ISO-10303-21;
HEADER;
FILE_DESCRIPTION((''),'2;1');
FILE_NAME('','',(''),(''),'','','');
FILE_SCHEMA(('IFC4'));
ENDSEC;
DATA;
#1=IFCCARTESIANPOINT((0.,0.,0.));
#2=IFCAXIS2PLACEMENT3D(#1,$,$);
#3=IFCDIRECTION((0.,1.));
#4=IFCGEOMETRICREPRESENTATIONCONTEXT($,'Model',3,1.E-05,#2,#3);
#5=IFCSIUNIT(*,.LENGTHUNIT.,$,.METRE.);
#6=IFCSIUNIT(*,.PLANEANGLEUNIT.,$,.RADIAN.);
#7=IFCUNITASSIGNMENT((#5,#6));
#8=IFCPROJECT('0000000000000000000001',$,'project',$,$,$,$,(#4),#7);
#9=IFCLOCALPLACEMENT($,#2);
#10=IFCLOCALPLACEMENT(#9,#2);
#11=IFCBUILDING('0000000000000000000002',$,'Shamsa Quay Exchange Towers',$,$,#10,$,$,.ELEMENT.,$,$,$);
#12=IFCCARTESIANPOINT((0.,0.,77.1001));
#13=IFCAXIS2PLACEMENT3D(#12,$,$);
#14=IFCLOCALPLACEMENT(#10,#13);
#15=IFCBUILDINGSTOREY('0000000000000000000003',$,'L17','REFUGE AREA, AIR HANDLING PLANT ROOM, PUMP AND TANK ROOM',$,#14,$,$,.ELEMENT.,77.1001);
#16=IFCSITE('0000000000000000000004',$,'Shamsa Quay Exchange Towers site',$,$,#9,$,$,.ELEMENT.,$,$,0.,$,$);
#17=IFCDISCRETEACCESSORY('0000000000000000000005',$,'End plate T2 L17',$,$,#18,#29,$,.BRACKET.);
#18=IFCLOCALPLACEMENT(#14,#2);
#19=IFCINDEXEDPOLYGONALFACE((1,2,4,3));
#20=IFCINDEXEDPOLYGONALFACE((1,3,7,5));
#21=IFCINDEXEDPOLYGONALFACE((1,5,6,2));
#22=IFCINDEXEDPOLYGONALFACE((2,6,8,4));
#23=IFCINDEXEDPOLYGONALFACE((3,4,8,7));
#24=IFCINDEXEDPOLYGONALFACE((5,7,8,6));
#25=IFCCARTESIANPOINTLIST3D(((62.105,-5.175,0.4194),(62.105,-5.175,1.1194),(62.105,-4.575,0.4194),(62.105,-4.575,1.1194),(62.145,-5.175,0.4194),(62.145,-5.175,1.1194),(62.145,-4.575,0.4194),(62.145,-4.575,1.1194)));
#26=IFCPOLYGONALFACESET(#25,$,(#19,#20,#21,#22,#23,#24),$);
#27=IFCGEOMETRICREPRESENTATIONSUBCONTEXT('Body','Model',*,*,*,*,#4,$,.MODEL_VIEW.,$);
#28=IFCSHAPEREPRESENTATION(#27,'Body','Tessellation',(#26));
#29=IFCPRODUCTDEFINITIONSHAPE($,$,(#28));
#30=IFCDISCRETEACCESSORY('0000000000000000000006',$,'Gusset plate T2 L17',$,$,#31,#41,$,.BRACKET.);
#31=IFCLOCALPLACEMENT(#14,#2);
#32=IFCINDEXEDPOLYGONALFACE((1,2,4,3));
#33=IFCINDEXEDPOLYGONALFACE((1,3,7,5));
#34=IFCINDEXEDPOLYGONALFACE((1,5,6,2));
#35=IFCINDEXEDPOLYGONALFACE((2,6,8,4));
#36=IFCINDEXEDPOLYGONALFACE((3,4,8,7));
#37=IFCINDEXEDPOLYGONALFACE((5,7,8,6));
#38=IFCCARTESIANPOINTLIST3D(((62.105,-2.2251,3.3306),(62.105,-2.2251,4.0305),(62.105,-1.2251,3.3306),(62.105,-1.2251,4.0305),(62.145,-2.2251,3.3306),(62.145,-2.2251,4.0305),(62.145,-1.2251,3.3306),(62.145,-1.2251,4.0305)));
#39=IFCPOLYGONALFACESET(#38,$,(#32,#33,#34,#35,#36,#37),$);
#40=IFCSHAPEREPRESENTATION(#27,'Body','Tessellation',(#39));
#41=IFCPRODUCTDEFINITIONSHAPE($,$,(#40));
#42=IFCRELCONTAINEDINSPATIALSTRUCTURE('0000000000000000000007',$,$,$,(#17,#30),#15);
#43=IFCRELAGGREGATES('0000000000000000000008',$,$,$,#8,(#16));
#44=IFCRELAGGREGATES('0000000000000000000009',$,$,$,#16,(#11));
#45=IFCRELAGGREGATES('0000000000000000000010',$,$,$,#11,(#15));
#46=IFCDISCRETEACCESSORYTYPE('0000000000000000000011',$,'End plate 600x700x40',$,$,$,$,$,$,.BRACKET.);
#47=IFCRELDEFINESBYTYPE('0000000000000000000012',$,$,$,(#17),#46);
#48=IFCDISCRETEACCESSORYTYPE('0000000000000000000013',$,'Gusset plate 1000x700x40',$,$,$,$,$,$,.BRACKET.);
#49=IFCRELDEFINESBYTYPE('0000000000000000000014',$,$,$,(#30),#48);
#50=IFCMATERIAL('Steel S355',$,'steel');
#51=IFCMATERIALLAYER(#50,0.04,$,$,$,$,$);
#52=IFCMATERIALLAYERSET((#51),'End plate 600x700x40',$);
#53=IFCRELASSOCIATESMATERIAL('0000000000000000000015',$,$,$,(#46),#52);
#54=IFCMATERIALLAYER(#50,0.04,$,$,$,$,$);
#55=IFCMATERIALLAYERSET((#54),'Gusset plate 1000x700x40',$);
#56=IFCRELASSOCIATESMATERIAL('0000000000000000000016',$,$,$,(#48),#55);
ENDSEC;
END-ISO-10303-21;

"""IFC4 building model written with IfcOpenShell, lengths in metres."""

from ifc_helpers import new_model, si_unit, direction, frame, origin, origin_2d, place, context, subcontext, project, spatial, rectangle, extrude, material, layer, layer_set, type_object, element, save


model = new_model("IFC4")

# Units and contexts
model_context = context("Model", 3, precision=1e-05, world=origin(), true_north=direction((0.0, 1.0)))
body_context = subcontext(model_context, "Body", "Model", "MODEL_VIEW")
ifc_project = project(units=[si_unit("LENGTHUNIT", "METRE"), si_unit("PLANEANGLEUNIT", "RADIAN")], contexts=[model_context])

# Site, building, storey
site_placement = place(None, origin())
site = spatial("IfcSite", under=ifc_project, at=site_placement, Name="Shamsa Quay Exchange Towers site", CompositionType="ELEMENT", RefElevation=0.0)
building_placement = place(site_placement, origin())
building = spatial("IfcBuilding", under=site, at=building_placement, Name="Shamsa Quay Exchange Towers", CompositionType="ELEMENT")
storey_placement = place(building_placement, frame((0.0, 0.0, 77.1001)))
storey = spatial("IfcBuildingStorey", under=building, at=storey_placement, Name="L17", Description="REFUGE AREA, AIR HANDLING PLANT ROOM, PUMP AND TANK ROOM", CompositionType="ELEMENT", Elevation=77.1001)

# Shared definitions
ifc_material_1 = material(Name="Steel S355", Category="steel")

# Discrete accessories
ifc_layer_1 = layer(ifc_material_1, 0.04)
ifc_layer_set_1 = layer_set([ifc_layer_1], Name="End plate 600x700x40")
discrete_accessory_type_1 = type_object("IfcDiscreteAccessoryType", Name="End plate 600x700x40", PredefinedType="BRACKET", material=ifc_layer_set_1)
discrete_accessory_1_placement = place(storey_placement, frame((62.125, -4.875, 0.4194), z_axis=(0.0, 0.0, 1.0), x_axis=(0.0, 1.0, 0.0)))
element("IfcDiscreteAccessory", 1, at=discrete_accessory_1_placement, inside=storey, type_object=discrete_accessory_type_1, Name="End plate T2 L17", PredefinedType="BRACKET", context=body_context, shape_type="SweptSolid", body=[
    extrude(rectangle(XDim=0.6001, YDim=0.04, at=origin_2d()), origin(), (0.0, 0.0, 1.0), 0.7),
])
ifc_layer_2 = layer(ifc_material_1, 0.04)
ifc_layer_set_2 = layer_set([ifc_layer_2], Name="Gusset plate 1000x700x40")
discrete_accessory_type_2 = type_object("IfcDiscreteAccessoryType", Name="Gusset plate 1000x700x40", PredefinedType="BRACKET", material=ifc_layer_set_2)
discrete_accessory_2_placement = place(storey_placement, frame((62.125, -1.7251, 3.3306), z_axis=(0.0, 0.0, 1.0), x_axis=(0.0, 1.0, 0.0)))
element("IfcDiscreteAccessory", 2, at=discrete_accessory_2_placement, inside=storey, type_object=discrete_accessory_type_2, Name="Gusset plate T2 L17", PredefinedType="BRACKET", context=body_context, shape_type="SweptSolid", body=[
    extrude(rectangle(XDim=1.0, YDim=0.04, at=origin_2d()), origin(), (0.0, 0.0, 1.0), 0.7),
])

save(model, "model.ifc")
